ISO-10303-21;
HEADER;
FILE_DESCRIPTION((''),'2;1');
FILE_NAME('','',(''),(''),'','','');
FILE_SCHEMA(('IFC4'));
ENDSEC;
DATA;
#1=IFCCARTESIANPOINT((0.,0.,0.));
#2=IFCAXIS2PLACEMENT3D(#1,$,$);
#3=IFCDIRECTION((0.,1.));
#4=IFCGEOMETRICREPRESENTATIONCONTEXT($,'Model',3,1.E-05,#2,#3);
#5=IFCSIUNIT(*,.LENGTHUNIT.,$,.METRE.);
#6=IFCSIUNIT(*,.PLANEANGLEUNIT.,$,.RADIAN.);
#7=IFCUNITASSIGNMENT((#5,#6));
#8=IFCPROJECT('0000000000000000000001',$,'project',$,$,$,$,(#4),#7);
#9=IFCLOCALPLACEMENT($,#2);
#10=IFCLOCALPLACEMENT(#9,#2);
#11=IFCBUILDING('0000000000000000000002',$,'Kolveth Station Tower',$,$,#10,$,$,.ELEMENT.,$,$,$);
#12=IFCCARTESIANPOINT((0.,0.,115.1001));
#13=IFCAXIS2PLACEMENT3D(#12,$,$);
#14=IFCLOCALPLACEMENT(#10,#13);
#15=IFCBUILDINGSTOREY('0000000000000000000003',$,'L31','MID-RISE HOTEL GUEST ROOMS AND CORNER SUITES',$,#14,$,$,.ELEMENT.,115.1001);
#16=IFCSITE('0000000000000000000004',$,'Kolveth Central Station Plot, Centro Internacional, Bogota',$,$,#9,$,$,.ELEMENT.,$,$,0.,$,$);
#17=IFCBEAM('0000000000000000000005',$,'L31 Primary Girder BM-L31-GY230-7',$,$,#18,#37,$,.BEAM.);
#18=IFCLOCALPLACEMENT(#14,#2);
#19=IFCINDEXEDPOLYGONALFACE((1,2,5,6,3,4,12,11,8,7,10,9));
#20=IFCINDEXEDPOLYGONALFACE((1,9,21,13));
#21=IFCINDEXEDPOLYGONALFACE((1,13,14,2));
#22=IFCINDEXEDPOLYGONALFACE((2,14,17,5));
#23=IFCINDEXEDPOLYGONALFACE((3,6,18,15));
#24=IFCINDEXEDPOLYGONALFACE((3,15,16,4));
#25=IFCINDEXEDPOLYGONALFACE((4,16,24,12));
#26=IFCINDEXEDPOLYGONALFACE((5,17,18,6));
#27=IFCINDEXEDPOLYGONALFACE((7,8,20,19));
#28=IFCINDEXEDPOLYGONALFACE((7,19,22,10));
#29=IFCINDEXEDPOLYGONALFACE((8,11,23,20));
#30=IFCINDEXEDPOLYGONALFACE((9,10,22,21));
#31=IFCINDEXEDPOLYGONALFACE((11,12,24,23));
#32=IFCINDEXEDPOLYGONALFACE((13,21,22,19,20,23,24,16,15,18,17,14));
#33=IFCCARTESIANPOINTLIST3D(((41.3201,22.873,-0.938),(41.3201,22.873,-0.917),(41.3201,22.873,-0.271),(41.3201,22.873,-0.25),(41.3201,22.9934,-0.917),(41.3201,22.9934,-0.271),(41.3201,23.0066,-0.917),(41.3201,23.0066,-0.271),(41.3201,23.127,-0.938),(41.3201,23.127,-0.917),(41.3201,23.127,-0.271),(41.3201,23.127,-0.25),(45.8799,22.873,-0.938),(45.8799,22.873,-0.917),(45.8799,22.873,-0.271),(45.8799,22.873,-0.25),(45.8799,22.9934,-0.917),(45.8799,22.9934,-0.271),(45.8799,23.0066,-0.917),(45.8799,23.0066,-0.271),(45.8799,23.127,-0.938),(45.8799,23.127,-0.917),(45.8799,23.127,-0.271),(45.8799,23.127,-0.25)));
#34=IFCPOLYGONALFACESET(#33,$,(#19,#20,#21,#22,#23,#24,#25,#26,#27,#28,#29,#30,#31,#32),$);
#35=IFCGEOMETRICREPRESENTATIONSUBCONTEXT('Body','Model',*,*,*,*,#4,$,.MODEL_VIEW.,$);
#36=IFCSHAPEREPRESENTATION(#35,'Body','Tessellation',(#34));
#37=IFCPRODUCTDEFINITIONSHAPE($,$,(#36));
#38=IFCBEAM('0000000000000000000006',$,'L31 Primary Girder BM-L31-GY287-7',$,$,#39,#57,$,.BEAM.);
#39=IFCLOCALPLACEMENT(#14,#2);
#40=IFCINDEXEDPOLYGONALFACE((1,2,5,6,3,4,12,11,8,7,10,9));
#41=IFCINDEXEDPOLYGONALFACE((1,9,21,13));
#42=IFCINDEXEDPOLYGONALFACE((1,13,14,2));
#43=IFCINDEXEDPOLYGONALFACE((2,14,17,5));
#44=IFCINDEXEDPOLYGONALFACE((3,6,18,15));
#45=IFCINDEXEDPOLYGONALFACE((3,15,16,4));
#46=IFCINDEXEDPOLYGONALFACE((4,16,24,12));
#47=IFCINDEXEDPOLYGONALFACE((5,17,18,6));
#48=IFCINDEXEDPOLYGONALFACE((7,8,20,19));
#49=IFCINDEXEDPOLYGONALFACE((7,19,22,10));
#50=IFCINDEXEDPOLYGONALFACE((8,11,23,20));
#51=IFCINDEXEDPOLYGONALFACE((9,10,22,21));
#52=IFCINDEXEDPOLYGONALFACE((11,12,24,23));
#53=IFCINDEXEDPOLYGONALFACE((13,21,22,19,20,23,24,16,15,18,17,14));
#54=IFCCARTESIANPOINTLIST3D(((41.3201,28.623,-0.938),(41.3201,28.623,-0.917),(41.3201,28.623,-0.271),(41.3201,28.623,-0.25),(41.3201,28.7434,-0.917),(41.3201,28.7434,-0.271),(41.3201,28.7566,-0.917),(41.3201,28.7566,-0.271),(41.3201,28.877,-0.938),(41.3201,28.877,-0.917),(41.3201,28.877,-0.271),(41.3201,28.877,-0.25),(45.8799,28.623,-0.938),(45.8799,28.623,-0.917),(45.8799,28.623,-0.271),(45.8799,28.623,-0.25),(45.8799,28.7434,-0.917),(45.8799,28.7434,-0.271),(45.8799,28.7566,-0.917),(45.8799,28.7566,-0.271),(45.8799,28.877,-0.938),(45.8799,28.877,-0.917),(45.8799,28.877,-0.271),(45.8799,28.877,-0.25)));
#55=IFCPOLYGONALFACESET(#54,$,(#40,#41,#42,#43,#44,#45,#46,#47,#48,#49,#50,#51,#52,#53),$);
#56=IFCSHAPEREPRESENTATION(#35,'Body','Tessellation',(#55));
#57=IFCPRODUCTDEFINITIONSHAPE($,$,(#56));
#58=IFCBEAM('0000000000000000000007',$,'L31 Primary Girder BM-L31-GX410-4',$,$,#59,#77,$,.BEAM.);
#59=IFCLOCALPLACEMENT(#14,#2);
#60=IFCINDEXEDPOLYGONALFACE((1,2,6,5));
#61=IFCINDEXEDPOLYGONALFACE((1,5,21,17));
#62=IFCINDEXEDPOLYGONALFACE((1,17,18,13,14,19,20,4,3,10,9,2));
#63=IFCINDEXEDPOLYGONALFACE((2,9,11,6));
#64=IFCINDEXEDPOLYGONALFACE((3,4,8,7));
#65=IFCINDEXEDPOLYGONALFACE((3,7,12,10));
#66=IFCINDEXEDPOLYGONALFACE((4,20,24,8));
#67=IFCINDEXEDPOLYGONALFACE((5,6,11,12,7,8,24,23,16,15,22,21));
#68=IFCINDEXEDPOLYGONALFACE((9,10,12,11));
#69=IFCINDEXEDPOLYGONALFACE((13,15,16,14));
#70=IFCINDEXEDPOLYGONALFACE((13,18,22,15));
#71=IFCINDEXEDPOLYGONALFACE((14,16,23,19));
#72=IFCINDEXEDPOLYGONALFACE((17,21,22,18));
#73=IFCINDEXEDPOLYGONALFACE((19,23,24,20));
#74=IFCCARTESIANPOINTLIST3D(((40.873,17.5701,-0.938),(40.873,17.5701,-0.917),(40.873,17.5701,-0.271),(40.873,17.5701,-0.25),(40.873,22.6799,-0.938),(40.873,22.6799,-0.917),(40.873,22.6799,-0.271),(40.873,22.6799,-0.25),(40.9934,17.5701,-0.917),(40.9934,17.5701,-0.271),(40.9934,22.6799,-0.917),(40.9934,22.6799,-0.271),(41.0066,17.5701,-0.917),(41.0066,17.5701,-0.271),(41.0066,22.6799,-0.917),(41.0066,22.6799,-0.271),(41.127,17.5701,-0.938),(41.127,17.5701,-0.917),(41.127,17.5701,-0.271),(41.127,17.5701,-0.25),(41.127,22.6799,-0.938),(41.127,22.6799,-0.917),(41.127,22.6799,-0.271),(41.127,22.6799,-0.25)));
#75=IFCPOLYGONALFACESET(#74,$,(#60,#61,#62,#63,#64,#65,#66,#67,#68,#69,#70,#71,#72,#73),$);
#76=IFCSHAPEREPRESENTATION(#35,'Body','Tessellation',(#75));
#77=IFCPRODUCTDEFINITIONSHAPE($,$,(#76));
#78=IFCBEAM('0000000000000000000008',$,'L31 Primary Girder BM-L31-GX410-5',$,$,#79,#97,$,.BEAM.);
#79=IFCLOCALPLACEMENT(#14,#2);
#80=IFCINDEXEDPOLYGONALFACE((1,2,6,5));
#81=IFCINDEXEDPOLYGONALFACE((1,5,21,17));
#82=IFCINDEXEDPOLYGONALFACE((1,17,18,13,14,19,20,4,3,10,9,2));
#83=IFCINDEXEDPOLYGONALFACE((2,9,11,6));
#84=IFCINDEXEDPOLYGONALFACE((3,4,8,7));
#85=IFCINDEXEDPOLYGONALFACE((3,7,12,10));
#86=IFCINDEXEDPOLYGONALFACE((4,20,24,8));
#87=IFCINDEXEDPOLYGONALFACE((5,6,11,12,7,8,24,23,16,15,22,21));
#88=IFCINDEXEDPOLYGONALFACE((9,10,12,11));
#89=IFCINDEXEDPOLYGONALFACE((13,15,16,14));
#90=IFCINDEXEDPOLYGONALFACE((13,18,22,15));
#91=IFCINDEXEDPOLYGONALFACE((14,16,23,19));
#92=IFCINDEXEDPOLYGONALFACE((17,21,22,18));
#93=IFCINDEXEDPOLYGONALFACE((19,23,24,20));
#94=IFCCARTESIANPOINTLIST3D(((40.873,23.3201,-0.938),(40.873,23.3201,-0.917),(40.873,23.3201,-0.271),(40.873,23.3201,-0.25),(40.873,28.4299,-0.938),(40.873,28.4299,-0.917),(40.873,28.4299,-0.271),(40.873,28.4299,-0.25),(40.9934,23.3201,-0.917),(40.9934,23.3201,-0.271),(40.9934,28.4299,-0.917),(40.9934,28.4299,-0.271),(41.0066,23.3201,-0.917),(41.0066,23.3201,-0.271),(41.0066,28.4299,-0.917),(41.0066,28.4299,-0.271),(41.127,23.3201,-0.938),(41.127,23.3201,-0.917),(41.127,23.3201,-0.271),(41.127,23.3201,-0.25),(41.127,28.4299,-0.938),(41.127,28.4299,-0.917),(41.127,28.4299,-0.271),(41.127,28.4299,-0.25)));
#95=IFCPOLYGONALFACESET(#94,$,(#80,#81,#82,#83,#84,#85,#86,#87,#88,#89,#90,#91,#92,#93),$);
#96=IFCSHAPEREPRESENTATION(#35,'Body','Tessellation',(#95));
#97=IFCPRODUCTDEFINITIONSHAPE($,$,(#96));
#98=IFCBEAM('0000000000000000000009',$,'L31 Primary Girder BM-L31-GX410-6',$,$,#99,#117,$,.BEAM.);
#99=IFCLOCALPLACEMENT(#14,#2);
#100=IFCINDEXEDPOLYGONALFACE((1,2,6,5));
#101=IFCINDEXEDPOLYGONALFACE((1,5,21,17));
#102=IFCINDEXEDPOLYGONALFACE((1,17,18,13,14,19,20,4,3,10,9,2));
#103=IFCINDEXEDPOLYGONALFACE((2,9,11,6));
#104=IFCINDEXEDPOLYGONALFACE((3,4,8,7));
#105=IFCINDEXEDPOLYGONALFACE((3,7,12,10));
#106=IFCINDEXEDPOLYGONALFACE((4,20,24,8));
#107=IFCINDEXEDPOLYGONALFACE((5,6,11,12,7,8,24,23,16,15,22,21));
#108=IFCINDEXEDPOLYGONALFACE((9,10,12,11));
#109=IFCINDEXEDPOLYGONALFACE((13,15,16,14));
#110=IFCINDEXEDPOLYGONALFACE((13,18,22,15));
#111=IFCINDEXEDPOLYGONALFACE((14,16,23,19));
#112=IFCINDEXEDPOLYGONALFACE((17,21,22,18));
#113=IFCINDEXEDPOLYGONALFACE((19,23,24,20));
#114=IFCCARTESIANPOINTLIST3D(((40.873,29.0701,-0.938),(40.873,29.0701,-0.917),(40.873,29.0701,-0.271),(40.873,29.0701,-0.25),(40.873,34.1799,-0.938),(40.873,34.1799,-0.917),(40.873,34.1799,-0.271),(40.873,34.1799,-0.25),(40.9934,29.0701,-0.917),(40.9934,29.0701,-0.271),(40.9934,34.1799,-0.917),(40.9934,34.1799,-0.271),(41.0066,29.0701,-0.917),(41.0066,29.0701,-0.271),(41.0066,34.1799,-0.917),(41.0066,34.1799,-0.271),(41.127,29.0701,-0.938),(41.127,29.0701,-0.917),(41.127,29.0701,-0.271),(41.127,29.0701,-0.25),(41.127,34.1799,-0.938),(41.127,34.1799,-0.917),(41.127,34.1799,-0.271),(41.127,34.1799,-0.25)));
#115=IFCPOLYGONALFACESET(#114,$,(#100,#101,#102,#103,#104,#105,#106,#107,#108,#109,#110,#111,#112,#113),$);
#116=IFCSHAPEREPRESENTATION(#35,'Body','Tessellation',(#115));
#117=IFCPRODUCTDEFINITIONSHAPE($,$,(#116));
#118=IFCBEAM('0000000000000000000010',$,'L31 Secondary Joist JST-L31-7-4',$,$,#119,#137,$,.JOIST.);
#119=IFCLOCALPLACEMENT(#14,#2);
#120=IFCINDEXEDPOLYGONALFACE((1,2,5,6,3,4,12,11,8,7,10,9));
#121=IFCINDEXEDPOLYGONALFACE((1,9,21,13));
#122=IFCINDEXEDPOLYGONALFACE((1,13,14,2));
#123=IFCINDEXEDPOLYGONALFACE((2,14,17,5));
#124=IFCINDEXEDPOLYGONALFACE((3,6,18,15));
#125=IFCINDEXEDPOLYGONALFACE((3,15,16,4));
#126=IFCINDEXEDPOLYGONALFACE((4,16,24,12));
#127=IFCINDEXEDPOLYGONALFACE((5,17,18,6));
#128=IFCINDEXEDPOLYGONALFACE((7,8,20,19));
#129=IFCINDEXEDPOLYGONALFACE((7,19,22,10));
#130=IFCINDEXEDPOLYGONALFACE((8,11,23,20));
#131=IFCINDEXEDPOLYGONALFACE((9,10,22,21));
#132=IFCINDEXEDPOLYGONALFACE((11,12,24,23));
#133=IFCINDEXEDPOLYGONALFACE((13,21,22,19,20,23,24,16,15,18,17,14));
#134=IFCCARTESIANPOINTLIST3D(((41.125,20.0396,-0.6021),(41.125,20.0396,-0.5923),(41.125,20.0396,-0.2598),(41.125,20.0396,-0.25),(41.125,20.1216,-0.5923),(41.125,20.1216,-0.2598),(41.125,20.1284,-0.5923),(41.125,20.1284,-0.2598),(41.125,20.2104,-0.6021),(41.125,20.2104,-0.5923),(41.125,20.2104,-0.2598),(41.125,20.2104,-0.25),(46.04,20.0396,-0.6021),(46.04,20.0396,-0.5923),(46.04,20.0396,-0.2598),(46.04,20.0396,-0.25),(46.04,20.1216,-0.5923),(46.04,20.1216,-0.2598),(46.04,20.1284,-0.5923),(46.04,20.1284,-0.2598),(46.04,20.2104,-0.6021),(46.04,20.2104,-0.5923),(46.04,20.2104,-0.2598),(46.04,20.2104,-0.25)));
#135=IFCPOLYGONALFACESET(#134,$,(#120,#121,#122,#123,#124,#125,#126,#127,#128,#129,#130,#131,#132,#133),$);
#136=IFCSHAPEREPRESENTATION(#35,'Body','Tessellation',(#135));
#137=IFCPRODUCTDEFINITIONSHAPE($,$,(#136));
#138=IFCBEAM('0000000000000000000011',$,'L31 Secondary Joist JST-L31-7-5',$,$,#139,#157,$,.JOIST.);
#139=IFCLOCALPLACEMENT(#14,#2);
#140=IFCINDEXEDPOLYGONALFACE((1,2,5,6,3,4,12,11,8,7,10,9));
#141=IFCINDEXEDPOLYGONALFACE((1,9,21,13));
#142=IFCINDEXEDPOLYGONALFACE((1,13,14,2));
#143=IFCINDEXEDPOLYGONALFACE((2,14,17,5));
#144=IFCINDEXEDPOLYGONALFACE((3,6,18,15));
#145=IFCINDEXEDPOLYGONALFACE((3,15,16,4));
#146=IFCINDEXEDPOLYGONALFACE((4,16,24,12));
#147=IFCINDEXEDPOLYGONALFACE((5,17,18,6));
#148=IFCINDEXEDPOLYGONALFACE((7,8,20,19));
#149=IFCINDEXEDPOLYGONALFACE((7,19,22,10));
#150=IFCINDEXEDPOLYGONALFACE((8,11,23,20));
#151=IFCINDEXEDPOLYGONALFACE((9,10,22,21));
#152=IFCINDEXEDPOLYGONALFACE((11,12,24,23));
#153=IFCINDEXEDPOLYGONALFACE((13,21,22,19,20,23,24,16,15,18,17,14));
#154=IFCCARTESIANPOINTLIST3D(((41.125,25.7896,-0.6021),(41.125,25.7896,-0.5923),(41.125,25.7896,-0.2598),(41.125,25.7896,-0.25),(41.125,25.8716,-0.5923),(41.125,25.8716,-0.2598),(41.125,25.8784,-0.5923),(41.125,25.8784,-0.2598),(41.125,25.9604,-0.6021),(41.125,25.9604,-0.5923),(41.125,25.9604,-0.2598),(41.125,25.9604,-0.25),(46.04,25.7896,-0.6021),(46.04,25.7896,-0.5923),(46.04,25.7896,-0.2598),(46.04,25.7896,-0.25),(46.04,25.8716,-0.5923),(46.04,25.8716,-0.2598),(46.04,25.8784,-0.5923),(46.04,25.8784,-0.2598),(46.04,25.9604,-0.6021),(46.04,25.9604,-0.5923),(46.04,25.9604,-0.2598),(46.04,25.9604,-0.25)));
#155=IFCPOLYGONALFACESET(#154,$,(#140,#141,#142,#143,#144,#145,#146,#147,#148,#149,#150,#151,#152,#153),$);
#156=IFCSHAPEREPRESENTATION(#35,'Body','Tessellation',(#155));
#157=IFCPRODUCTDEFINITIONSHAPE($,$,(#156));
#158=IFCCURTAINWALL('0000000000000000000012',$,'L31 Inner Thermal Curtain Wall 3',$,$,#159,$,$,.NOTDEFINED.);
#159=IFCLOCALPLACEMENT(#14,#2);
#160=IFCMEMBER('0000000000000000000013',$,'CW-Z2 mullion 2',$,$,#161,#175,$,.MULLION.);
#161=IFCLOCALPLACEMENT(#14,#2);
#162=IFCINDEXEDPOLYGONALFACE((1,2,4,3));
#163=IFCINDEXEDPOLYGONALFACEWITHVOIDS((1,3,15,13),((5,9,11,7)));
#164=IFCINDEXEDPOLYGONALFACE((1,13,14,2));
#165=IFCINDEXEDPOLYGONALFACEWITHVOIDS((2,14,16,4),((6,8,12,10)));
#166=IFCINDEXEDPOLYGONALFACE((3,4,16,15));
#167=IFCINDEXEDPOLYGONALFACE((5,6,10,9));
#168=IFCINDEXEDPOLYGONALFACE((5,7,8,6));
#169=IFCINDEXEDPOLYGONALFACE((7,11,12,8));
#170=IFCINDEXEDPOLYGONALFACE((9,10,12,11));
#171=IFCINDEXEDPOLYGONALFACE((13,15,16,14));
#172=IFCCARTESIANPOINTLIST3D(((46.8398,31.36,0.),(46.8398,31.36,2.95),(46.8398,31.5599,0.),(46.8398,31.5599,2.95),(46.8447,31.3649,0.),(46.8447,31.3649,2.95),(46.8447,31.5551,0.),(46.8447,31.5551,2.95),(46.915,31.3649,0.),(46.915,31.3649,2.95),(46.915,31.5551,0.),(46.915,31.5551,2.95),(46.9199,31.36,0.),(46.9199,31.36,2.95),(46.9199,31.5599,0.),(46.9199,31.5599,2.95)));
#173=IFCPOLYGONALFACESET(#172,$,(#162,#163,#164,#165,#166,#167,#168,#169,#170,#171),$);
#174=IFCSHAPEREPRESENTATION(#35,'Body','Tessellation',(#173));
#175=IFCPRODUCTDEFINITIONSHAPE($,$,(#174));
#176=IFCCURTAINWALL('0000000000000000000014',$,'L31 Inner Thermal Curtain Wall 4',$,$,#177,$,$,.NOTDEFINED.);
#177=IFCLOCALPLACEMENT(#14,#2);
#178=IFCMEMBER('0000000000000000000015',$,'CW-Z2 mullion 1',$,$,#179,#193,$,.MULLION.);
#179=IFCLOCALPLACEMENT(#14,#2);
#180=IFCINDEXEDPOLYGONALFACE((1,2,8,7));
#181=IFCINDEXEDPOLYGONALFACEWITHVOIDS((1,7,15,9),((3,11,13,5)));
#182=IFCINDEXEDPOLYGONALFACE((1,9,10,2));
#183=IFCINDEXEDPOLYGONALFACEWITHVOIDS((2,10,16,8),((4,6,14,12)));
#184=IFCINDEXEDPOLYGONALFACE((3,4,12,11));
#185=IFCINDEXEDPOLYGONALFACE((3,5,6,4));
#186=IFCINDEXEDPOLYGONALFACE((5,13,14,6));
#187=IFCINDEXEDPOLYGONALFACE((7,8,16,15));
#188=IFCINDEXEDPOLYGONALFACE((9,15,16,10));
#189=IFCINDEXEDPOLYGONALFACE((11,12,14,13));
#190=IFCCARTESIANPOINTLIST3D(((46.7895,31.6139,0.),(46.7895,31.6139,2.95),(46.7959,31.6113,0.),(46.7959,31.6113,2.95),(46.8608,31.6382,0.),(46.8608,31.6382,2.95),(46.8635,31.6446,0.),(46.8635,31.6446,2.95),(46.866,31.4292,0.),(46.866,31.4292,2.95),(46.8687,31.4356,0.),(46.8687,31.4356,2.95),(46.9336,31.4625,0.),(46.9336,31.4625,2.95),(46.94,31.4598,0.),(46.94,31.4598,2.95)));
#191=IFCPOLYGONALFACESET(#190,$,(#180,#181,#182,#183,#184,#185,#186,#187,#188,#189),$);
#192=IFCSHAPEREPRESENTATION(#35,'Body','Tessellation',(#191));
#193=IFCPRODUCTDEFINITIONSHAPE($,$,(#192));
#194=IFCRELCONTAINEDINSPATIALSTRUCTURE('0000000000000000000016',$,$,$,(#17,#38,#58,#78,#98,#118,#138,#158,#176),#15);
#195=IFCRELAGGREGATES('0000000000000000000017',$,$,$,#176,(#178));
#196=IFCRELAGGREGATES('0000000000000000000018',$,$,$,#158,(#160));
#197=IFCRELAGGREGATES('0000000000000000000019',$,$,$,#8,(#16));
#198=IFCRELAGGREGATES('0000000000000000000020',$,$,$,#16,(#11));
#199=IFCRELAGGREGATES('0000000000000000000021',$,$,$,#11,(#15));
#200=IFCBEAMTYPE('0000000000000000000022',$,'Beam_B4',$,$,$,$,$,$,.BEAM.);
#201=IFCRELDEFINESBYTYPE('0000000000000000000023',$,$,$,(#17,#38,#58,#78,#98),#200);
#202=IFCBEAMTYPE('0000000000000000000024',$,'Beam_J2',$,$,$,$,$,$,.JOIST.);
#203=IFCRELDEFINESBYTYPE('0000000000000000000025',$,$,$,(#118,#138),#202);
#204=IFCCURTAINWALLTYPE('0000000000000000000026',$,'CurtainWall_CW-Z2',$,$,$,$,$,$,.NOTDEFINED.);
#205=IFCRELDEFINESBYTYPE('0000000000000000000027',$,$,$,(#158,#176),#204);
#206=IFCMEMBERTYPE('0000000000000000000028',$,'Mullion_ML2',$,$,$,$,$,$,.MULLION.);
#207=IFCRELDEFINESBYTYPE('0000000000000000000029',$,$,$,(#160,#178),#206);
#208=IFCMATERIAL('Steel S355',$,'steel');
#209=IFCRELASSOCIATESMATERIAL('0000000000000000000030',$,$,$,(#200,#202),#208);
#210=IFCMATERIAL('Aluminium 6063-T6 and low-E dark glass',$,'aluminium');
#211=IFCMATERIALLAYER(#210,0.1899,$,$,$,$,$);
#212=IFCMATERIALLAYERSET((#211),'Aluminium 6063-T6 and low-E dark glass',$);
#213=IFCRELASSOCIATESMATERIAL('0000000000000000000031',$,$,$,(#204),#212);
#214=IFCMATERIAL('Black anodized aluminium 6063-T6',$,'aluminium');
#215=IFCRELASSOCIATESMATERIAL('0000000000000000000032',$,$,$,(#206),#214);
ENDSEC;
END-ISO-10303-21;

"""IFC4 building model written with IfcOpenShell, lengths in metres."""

from ifc_helpers import new_model, si_unit, direction, frame, origin, origin_2d, place, context, subcontext, project, spatial, hollow_rectangle, i_section, extrude, source, transform, mapped, material, layer, layer_set, material_profile, profile_set, type_object, element, aggregate, save


model = new_model("IFC4")

# Units and contexts
model_context = context("Model", 3, precision=1e-05, world=origin(), true_north=direction((0.0, 1.0)))
body_context = subcontext(model_context, "Body", "Model", "MODEL_VIEW")
ifc_project = project(units=[si_unit("LENGTHUNIT", "METRE"), si_unit("PLANEANGLEUNIT", "RADIAN")], contexts=[model_context])

# Site, building, storey
site_placement = place(None, origin())
site = spatial("IfcSite", under=ifc_project, at=site_placement, Name="Kolveth Central Station Plot, Centro Internacional, Bogota", CompositionType="ELEMENT", RefElevation=0.0)
building_placement = place(site_placement, origin())
building = spatial("IfcBuilding", under=site, at=building_placement, Name="Kolveth Station Tower", CompositionType="ELEMENT")
storey_placement = place(building_placement, frame((0.0, 0.0, 115.1001)))
storey = spatial("IfcBuildingStorey", under=building, at=storey_placement, Name="L31", Description="MID-RISE HOTEL GUEST ROOMS AND CORNER SUITES", CompositionType="ELEMENT", Elevation=115.1001)

# Beams
ifc_material_1 = material(Name="Steel S355", Category="steel")
ifc_material_profile_1 = material_profile(ifc_material_1, i_section(OverallWidth=0.2539, OverallDepth=0.688, WebThickness=0.0132, FlangeThickness=0.021, at=origin_2d()), Name="W690x152")
ifc_profile_set_1 = profile_set([ifc_material_profile_1], Name="Steel S355")
beam_type_1 = type_object("IfcBeamType", Name="Beam_B4", PredefinedType="BEAM", material=ifc_profile_set_1)
shared_shape_1 = source(origin(), body_context, "Body", "SweptSolid", [
    extrude(i_section(OverallWidth=0.2539, OverallDepth=0.688, WebThickness=0.0132, FlangeThickness=0.021, at=origin_2d()), origin(), (0.0, 0.0, 1.0), 4.5598),
])
for number, where, z_axis, x_axis, name in (
    (1, (41.3201, 23.0, -0.594), (1.0, 0.0, 0.0), (0.0, 1.0, 0.0), "L31 Primary Girder BM-L31-GY230-7"),
    (2, (41.3201, 28.75, -0.594), (1.0, 0.0, 0.0), (0.0, 1.0, 0.0), "L31 Primary Girder BM-L31-GY287-7"),
):
    element("IfcBeam", number, at=place(storey_placement, frame(where, z_axis=z_axis, x_axis=x_axis)), inside=storey, type_object=beam_type_1, Name=name, PredefinedType="BEAM", context=body_context, shape_type="MappedRepresentation", body=[
        mapped(shared_shape_1, transform((0.0, 0.0, 0.0), x_axis=(1.0, 0.0, 0.0), y_axis=(0.0, 1.0, 0.0), z_axis=(0.0, 0.0, 1.0), scale=1.0)),
    ])
shared_shape_2 = source(origin(), body_context, "Body", "SweptSolid", [
    extrude(i_section(OverallWidth=0.2539, OverallDepth=0.688, WebThickness=0.0132, FlangeThickness=0.021, at=origin_2d()), origin(), (0.0, 0.0, 1.0), 5.1099),
])
for number, where, z_axis, x_axis, name in (
    (3, (41.0, 17.5701, -0.594), (0.0, 1.0, 0.0), (-1.0, 0.0, 0.0), "L31 Primary Girder BM-L31-GX410-4"),
    (4, (41.0, 23.3201, -0.594), (0.0, 1.0, 0.0), (-1.0, 0.0, 0.0), "L31 Primary Girder BM-L31-GX410-5"),
    (5, (41.0, 29.0701, -0.594), (0.0, 1.0, 0.0), (-1.0, 0.0, 0.0), "L31 Primary Girder BM-L31-GX410-6"),
):
    element("IfcBeam", number, at=place(storey_placement, frame(where, z_axis=z_axis, x_axis=x_axis)), inside=storey, type_object=beam_type_1, Name=name, PredefinedType="BEAM", context=body_context, shape_type="MappedRepresentation", body=[
        mapped(shared_shape_2, transform((0.0, 0.0, 0.0), x_axis=(1.0, 0.0, 0.0), y_axis=(0.0, 1.0, 0.0), z_axis=(0.0, 0.0, 1.0), scale=1.0)),
    ])
ifc_material_profile_2 = material_profile(ifc_material_1, i_section(OverallWidth=0.1709, OverallDepth=0.3521, WebThickness=0.0068, FlangeThickness=0.0098, at=origin_2d()), Name="W360x44")
ifc_profile_set_2 = profile_set([ifc_material_profile_2], Name="Steel S355")
beam_type_2 = type_object("IfcBeamType", Name="Beam_J2", PredefinedType="JOIST", material=ifc_profile_set_2)
shared_shape_3 = source(origin(), body_context, "Body", "SweptSolid", [
    extrude(i_section(OverallWidth=0.1709, OverallDepth=0.3521, WebThickness=0.0068, FlangeThickness=0.0098, at=origin_2d()), origin(), (0.0, 0.0, 1.0), 4.915),
])
for number, where, z_axis, x_axis, name in (
    (6, (41.125, 20.125, -0.426), (1.0, 0.0, 0.0), (0.0, 1.0, 0.0), "L31 Secondary Joist JST-L31-7-4"),
    (7, (41.125, 25.875, -0.426), (1.0, 0.0, 0.0), (0.0, 1.0, 0.0), "L31 Secondary Joist JST-L31-7-5"),
):
    element("IfcBeam", number, at=place(storey_placement, frame(where, z_axis=z_axis, x_axis=x_axis)), inside=storey, type_object=beam_type_2, Name=name, PredefinedType="JOIST", context=body_context, shape_type="MappedRepresentation", body=[
        mapped(shared_shape_3, transform((0.0, 0.0, 0.0), x_axis=(1.0, 0.0, 0.0), y_axis=(0.0, 1.0, 0.0), z_axis=(0.0, 0.0, 1.0), scale=1.0)),
    ])

# Curtain wall, member
ifc_material_2 = material(Name="Aluminium 6063-T6 and low-E dark glass", Category="aluminium")
ifc_layer_1 = layer(ifc_material_2, 0.1899)
ifc_layer_set_1 = layer_set([ifc_layer_1], Name="Aluminium 6063-T6 and low-E dark glass")
curtain_wall_type = type_object("IfcCurtainWallType", Name="CurtainWall_CW-Z2", PredefinedType="NOTDEFINED", material=ifc_layer_set_1)
curtain_wall_1_placement = place(storey_placement, origin())
curtain_wall_1 = element("IfcCurtainWall", 8, at=curtain_wall_1_placement, inside=storey, type_object=curtain_wall_type, Name="L31 Inner Thermal Curtain Wall 3", PredefinedType="NOTDEFINED")
ifc_material_3 = material(Name="Black anodized aluminium 6063-T6", Category="aluminium")
ifc_material_profile_3 = material_profile(ifc_material_3, hollow_rectangle(XDim=0.0801, YDim=0.2, WallThickness=0.0049, at=origin_2d()), Name="ALU-80x200x5")
ifc_profile_set_3 = profile_set([ifc_material_profile_3], Name="Black anodized aluminium 6063-T6")
member_type_1 = type_object("IfcMemberType", Name="Mullion_ML2", PredefinedType="MULLION", material=ifc_profile_set_3)
shared_shape_4 = source(origin(), body_context, "Body", "SweptSolid", [
    extrude(hollow_rectangle(XDim=0.0801, YDim=0.2, WallThickness=0.0049, at=origin_2d()), origin(), (0.0, 0.0, 1.0), 2.95),
])
member_1_placement = place(storey_placement, frame((46.8799, 31.46, 0.0), z_axis=(0.0, 0.0, 1.0), x_axis=(-1.0, 0.0, 0.0)))
member_1 = element("IfcMember", 9, at=member_1_placement, type_object=member_type_1, Name="CW-Z2 mullion 2", PredefinedType="MULLION", context=body_context, shape_type="MappedRepresentation", body=[
    mapped(shared_shape_4, transform((0.0, 0.0, 0.0), x_axis=(1.0, 0.0, 0.0), y_axis=(0.0, 1.0, 0.0), z_axis=(0.0, 0.0, 1.0), scale=1.0)),
])

# Curtain wall, member
curtain_wall_2_placement = place(storey_placement, origin())
curtain_wall_2 = element("IfcCurtainWall", 10, at=curtain_wall_2_placement, inside=storey, type_object=curtain_wall_type, Name="L31 Inner Thermal Curtain Wall 4", PredefinedType="NOTDEFINED")
member_2_placement = place(storey_placement, frame((46.8647, 31.5369, 0.0), z_axis=(0.0, 0.0, 1.0), x_axis=(-0.923888, -0.382663, 0.0)))
member_2 = element("IfcMember", 11, at=member_2_placement, type_object=member_type_1, Name="CW-Z2 mullion 1", PredefinedType="MULLION", context=body_context, shape_type="MappedRepresentation", body=[
    mapped(shared_shape_4, transform((0.0, 0.0, 0.0), x_axis=(1.0, 0.0, 0.0), y_axis=(0.0, 1.0, 0.0), z_axis=(0.0, 0.0, 1.0), scale=1.0)),
])
aggregate(curtain_wall_2, [member_2])

aggregate(curtain_wall_1, [member_1])

save(model, "model.ifc")
